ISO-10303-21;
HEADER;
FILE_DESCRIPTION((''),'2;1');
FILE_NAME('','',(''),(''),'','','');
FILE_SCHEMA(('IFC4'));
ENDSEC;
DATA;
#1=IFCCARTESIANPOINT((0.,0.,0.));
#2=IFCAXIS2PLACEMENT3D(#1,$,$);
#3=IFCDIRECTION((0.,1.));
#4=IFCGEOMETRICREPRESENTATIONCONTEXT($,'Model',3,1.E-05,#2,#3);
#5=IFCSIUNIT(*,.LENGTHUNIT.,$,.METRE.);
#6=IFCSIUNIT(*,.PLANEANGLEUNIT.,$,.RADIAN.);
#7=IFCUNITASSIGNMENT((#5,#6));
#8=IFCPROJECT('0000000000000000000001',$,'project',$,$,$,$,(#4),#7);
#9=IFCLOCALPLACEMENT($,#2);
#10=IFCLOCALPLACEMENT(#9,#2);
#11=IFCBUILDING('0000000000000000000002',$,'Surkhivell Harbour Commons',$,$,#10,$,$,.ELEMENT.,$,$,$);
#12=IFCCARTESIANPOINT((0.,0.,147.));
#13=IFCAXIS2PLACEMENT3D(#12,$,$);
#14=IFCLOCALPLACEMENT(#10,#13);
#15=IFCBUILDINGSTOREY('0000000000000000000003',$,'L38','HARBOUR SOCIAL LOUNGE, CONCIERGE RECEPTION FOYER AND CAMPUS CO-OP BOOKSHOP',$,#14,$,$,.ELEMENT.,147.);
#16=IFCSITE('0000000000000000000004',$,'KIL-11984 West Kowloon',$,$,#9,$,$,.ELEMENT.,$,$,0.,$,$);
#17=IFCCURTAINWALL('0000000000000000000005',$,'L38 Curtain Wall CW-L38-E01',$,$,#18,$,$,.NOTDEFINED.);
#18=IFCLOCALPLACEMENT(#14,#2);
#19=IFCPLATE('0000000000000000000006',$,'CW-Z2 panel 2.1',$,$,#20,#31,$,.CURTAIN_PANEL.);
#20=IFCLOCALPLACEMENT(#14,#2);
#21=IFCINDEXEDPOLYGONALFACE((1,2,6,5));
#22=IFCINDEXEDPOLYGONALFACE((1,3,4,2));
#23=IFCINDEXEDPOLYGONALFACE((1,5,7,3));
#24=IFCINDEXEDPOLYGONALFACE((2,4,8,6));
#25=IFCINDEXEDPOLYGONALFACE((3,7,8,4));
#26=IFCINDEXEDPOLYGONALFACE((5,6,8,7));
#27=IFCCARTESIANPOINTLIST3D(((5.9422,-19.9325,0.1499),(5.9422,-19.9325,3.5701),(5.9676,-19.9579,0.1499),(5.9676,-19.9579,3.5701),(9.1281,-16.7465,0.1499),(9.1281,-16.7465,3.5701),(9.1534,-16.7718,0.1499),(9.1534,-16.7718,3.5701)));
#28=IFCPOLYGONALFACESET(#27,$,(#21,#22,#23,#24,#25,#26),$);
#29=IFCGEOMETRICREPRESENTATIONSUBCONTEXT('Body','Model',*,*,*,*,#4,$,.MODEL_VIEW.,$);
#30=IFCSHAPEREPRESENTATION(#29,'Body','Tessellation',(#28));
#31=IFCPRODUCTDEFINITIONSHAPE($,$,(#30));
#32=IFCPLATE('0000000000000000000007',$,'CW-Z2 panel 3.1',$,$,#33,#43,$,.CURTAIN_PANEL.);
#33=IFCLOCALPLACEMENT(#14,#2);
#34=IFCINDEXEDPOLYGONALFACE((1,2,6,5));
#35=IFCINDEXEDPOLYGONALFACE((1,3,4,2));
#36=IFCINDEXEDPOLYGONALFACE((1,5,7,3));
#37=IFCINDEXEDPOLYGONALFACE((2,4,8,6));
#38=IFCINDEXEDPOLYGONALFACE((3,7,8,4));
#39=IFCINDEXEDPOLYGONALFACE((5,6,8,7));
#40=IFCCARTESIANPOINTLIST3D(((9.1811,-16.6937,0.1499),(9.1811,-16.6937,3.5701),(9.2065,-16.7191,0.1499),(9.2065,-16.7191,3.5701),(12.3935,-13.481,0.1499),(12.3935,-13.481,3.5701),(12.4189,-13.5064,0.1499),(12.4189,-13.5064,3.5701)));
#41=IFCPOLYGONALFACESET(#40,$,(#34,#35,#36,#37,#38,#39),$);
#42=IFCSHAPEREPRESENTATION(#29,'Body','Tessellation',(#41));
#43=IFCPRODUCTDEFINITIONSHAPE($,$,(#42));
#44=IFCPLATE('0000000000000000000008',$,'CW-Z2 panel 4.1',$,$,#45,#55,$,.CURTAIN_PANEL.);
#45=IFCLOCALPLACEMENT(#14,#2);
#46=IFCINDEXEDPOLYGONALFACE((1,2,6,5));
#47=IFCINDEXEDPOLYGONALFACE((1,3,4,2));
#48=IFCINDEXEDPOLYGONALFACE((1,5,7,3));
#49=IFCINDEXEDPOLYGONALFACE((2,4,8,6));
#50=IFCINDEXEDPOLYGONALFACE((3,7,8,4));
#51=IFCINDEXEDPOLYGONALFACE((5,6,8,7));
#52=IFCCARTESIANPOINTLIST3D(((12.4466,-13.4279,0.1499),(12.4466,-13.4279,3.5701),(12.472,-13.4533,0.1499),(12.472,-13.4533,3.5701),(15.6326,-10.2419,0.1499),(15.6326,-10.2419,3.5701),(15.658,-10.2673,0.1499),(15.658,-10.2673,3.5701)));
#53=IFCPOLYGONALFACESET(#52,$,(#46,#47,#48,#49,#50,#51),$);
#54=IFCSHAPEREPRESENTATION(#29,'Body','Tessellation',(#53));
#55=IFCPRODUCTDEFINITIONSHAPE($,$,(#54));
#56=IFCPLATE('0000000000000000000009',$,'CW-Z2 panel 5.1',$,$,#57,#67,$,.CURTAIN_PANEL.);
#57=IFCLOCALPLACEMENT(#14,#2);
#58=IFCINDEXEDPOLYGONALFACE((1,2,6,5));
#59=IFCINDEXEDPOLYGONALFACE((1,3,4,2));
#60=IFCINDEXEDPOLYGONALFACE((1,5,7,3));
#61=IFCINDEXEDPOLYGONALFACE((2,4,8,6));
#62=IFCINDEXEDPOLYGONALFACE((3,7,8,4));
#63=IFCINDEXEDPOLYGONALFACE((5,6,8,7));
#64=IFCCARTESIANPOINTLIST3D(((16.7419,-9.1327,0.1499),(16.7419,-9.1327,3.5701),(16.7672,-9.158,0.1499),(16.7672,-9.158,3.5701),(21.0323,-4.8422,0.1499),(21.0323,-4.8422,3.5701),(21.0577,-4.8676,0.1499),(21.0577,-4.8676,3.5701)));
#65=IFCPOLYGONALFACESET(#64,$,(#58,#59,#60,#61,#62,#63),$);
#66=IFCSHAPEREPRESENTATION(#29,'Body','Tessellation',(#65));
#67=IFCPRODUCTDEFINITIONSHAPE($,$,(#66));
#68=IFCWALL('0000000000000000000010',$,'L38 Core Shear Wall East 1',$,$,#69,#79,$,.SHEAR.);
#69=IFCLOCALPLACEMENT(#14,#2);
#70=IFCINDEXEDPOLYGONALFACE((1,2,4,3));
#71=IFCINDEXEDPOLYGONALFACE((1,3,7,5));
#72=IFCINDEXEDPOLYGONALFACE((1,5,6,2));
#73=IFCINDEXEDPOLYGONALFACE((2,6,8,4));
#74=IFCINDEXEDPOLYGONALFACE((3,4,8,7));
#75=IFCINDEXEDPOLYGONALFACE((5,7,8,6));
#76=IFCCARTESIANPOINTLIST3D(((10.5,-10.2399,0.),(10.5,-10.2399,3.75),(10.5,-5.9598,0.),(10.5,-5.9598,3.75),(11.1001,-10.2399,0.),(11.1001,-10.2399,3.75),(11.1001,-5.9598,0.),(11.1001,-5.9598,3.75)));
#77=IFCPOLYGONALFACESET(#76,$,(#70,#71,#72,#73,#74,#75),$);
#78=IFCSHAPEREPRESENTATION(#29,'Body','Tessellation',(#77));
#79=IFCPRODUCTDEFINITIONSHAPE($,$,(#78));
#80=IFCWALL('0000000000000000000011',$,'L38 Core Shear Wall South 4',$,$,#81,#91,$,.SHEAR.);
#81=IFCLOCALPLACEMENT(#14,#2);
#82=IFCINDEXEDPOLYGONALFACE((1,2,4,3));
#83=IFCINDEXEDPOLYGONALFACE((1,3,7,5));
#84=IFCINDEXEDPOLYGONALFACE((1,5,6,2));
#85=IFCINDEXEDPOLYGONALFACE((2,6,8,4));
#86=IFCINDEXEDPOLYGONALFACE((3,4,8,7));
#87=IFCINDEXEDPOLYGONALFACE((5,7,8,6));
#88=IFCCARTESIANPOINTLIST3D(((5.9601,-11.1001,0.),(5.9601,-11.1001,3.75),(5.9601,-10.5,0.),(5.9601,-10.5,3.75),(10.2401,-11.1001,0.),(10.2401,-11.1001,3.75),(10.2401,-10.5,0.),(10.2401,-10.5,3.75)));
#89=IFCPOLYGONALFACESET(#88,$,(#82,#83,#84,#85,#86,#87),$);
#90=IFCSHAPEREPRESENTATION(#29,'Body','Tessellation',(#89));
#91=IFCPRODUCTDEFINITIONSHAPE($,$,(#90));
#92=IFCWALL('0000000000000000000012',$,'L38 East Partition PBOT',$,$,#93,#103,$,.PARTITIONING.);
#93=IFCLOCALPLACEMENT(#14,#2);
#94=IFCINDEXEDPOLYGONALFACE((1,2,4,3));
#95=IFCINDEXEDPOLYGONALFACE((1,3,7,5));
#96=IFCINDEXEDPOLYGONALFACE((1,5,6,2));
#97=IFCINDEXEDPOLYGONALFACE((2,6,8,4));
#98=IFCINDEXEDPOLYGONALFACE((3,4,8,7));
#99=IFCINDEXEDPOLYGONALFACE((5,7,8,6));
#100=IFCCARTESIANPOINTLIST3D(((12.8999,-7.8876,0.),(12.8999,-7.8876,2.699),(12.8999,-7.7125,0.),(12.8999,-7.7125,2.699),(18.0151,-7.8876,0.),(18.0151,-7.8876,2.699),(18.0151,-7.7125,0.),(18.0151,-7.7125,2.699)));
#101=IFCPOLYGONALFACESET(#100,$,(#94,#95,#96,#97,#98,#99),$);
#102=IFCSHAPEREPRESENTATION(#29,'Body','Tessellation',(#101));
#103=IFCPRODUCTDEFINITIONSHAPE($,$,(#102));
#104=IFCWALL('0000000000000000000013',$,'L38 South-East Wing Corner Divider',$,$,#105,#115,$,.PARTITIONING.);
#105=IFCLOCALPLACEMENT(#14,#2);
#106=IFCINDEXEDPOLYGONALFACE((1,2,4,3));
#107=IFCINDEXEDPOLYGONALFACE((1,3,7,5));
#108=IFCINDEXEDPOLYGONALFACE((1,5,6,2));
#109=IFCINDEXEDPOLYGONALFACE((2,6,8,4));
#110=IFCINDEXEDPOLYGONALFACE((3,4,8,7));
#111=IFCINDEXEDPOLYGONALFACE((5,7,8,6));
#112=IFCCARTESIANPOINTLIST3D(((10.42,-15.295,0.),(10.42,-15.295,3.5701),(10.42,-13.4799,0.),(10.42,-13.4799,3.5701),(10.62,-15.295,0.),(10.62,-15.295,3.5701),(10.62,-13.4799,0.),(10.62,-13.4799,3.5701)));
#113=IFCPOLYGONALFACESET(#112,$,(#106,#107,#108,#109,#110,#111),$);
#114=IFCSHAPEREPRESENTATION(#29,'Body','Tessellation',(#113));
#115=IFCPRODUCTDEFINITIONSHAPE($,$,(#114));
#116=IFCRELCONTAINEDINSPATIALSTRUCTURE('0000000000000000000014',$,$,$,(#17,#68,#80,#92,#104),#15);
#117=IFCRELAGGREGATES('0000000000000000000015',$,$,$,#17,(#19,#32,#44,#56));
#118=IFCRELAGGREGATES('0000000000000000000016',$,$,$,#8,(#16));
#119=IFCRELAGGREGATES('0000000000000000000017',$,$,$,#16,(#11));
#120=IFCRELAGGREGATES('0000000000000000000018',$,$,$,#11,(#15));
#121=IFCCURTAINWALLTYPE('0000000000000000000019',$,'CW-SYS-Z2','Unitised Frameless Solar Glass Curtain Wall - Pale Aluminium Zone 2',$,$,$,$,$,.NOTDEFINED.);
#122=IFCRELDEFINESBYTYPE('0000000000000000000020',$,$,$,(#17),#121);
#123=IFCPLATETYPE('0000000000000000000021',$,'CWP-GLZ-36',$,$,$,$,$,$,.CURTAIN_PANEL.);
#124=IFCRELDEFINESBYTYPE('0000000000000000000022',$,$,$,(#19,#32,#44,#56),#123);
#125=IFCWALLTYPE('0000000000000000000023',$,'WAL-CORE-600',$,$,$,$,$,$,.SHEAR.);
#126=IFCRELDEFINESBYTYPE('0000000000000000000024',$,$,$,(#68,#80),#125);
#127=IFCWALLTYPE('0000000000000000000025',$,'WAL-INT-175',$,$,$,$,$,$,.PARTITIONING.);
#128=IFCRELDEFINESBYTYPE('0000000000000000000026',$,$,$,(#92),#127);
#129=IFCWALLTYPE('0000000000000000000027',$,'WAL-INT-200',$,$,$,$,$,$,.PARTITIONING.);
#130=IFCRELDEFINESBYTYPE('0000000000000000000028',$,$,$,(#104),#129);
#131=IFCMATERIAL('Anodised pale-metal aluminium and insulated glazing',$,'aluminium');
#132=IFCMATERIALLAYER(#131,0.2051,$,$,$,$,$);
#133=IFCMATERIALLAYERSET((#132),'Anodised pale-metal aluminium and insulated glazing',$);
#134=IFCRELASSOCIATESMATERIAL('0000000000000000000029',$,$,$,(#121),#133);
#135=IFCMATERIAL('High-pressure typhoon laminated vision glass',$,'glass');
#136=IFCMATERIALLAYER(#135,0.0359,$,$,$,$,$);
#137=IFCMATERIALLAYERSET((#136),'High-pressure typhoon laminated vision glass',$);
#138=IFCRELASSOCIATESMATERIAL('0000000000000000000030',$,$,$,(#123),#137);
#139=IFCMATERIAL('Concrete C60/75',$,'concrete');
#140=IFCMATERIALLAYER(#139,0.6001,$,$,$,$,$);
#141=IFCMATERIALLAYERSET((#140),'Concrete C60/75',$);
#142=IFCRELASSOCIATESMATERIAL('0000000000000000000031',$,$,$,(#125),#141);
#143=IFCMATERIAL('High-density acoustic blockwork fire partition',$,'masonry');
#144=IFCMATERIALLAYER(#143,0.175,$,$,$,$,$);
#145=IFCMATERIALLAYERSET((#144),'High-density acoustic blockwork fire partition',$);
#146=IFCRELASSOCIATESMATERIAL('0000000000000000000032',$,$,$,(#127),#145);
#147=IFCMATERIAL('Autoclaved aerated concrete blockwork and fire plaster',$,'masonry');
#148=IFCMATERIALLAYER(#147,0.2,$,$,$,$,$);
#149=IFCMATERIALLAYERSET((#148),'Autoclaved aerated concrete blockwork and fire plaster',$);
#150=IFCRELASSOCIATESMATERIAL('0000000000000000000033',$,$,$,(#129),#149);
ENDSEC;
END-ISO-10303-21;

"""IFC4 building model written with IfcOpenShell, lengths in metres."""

from ifc_helpers import new_model, si_unit, direction, frame, frame_2d, origin, place, context, subcontext, project, spatial, rectangle, extrude, material, layer, layer_set, type_object, element, aggregate, save


model = new_model("IFC4")

# Units and contexts
model_context = context("Model", 3, precision=1e-05, world=origin(), true_north=direction((0.0, 1.0)))
body_context = subcontext(model_context, "Body", "Model", "MODEL_VIEW")
ifc_project = project(units=[si_unit("LENGTHUNIT", "METRE"), si_unit("PLANEANGLEUNIT", "RADIAN")], contexts=[model_context])

# Site, building, storey
site_placement = place(None, origin())
site = spatial("IfcSite", under=ifc_project, at=site_placement, Name="KIL-11984 West Kowloon", CompositionType="ELEMENT", RefElevation=0.0)
building_placement = place(site_placement, origin())
building = spatial("IfcBuilding", under=site, at=building_placement, Name="Surkhivell Harbour Commons", CompositionType="ELEMENT")
storey_placement = place(building_placement, frame((0.0, 0.0, 147.0)))
storey = spatial("IfcBuildingStorey", under=building, at=storey_placement, Name="L38", Description="HARBOUR SOCIAL LOUNGE, CONCIERGE RECEPTION FOYER AND CAMPUS CO-OP BOOKSHOP", CompositionType="ELEMENT", Elevation=147.0)

# Shared definitions
ifc_material_1 = material(Name="Concrete C60/75", Category="concrete")

# Curtain wall, plates
ifc_material_2 = material(Name="Anodised pale-metal aluminium and insulated glazing", Category="aluminium")
ifc_layer_1 = layer(ifc_material_2, 0.2051)
ifc_layer_set_1 = layer_set([ifc_layer_1], Name="Anodised pale-metal aluminium and insulated glazing")
curtain_wall_type = type_object("IfcCurtainWallType", Name="CW-SYS-Z2", Description="Unitised Frameless Solar Glass Curtain Wall - Pale Aluminium Zone 2", PredefinedType="NOTDEFINED", material=ifc_layer_set_1)
curtain_wall_placement = place(storey_placement, origin())
curtain_wall = element("IfcCurtainWall", 1, at=curtain_wall_placement, inside=storey, type_object=curtain_wall_type, Name="L38 Curtain Wall CW-L38-E01", PredefinedType="NOTDEFINED")
ifc_material_3 = material(Name="High-pressure typhoon laminated vision glass", Category="glass")
ifc_layer_2 = layer(ifc_material_3, 0.0359)
ifc_layer_set_2 = layer_set([ifc_layer_2], Name="High-pressure typhoon laminated vision glass")
plate_type = type_object("IfcPlateType", Name="CWP-GLZ-36", PredefinedType="CURTAIN_PANEL", material=ifc_layer_set_2)
plate_1_placement = place(storey_placement, frame((5.9548, -19.9453, 0.1499), z_axis=(0.0, 0.0, 1.0), x_axis=(0.70708, 0.707134, 0.0)))
plate_1 = element("IfcPlate", 2, at=plate_1_placement, type_object=plate_type, Name="CW-Z2 panel 2.1", PredefinedType="CURTAIN_PANEL", context=body_context, shape_type="SweptSolid", body=[
    extrude(rectangle(XDim=4.5056, YDim=0.0359, at=frame_2d((2.2529, 0.0))), origin(), (0.0, 0.0, 1.0), 3.4202),
])
plate_2_placement = place(storey_placement, frame((9.1938, -16.7063, 0.1499), z_axis=(0.0, 0.0, 1.0), x_axis=(0.70708, 0.707134, 0.0)))
plate_2 = element("IfcPlate", 3, at=plate_2_placement, type_object=plate_type, Name="CW-Z2 panel 3.1", PredefinedType="CURTAIN_PANEL", context=body_context, shape_type="SweptSolid", body=[
    extrude(rectangle(XDim=4.5432, YDim=0.0359, at=frame_2d((2.2715, 0.0))), origin(), (0.0, 0.0, 1.0), 3.4202),
])
plate_3_placement = place(storey_placement, frame((12.4592, -13.4407, 0.1499), z_axis=(0.0, 0.0, 1.0), x_axis=(0.707107, 0.707107, 0.0)))
plate_3 = element("IfcPlate", 4, at=plate_3_placement, type_object=plate_type, Name="CW-Z2 panel 4.1", PredefinedType="CURTAIN_PANEL", context=body_context, shape_type="SweptSolid", body=[
    extrude(rectangle(XDim=4.5056, YDim=0.0359, at=frame_2d((2.2529, 0.0))), origin(), (0.0, 0.0, 1.0), 3.4202),
])
plate_4_placement = place(storey_placement, frame((16.7546, -9.1453, 0.1499), z_axis=(0.0, 0.0, 1.0), x_axis=(0.707107, 0.707107, 0.0)))
plate_4 = element("IfcPlate", 5, at=plate_4_placement, type_object=plate_type, Name="CW-Z2 panel 5.1", PredefinedType="CURTAIN_PANEL", context=body_context, shape_type="SweptSolid", body=[
    extrude(rectangle(XDim=6.0676, YDim=0.0359, at=frame_2d((3.0337, 0.0))), origin(), (0.0, 0.0, 1.0), 3.4202),
])
aggregate(curtain_wall, [plate_1, plate_2, plate_3, plate_4])

# Walls
ifc_layer_3 = layer(ifc_material_1, 0.6001)
ifc_layer_set_3 = layer_set([ifc_layer_3], Name="Concrete C60/75")
wall_type_1 = type_object("IfcWallType", Name="WAL-CORE-600", PredefinedType="SHEAR", material=ifc_layer_set_3)
for number, where, z_axis, x_axis, name in (
    (6, (10.8, -10.24, 0.0), (0.0, 0.0, 1.0), (0.0, 1.0, 0.0), "L38 Core Shear Wall East 1"),
    (7, (5.96, -10.8, 0.0), (0.0, 0.0, 1.0), (1.0, 0.0, 0.0), "L38 Core Shear Wall South 4"),
):
    element("IfcWall", number, at=place(storey_placement, frame(where, z_axis=z_axis, x_axis=x_axis)), inside=storey, type_object=wall_type_1, Name=name, PredefinedType="SHEAR", context=body_context, shape_type="SweptSolid", body=[
        extrude(rectangle(XDim=4.28, YDim=0.6001, at=frame_2d((2.1401, 0.0))), origin(), (0.0, 0.0, 1.0), 3.75),
    ])
ifc_material_4 = material(Name="High-density acoustic blockwork fire partition", Category="masonry")
ifc_layer_4 = layer(ifc_material_4, 0.175)
ifc_layer_set_4 = layer_set([ifc_layer_4], Name="High-density acoustic blockwork fire partition")
wall_type_2 = type_object("IfcWallType", Name="WAL-INT-175", PredefinedType="PARTITIONING", material=ifc_layer_set_4)
wall_1_placement = place(storey_placement, frame((12.8999, -7.8, 0.0), z_axis=(0.0, 0.0, 1.0), x_axis=(1.0, 0.0, 0.0)))
element("IfcWall", 8, at=wall_1_placement, inside=storey, type_object=wall_type_2, Name="L38 East Partition PBOT", PredefinedType="PARTITIONING", context=body_context, shape_type="SweptSolid", body=[
    extrude(rectangle(XDim=5.1152, YDim=0.175, at=frame_2d((2.5576, 0.0))), origin(), (0.0, 0.0, 1.0), 2.699),
])
ifc_material_5 = material(Name="Autoclaved aerated concrete blockwork and fire plaster", Category="masonry")
ifc_layer_5 = layer(ifc_material_5, 0.2)
ifc_layer_set_5 = layer_set([ifc_layer_5], Name="Autoclaved aerated concrete blockwork and fire plaster")
wall_type_3 = type_object("IfcWallType", Name="WAL-INT-200", PredefinedType="PARTITIONING", material=ifc_layer_set_5)
wall_2_placement = place(storey_placement, frame((10.52, -15.2952, 0.0), z_axis=(0.0, 0.0, 1.0), x_axis=(0.0, 1.0, 0.0)))
element("IfcWall", 9, at=wall_2_placement, inside=storey, type_object=wall_type_3, Name="L38 South-East Wing Corner Divider", PredefinedType="PARTITIONING", context=body_context, shape_type="SweptSolid", body=[
    extrude(rectangle(XDim=1.8152, YDim=0.2, at=frame_2d((0.9077, 0.0))), origin(), (0.0, 0.0, 1.0), 3.5701),
])

save(model, "model.ifc")
